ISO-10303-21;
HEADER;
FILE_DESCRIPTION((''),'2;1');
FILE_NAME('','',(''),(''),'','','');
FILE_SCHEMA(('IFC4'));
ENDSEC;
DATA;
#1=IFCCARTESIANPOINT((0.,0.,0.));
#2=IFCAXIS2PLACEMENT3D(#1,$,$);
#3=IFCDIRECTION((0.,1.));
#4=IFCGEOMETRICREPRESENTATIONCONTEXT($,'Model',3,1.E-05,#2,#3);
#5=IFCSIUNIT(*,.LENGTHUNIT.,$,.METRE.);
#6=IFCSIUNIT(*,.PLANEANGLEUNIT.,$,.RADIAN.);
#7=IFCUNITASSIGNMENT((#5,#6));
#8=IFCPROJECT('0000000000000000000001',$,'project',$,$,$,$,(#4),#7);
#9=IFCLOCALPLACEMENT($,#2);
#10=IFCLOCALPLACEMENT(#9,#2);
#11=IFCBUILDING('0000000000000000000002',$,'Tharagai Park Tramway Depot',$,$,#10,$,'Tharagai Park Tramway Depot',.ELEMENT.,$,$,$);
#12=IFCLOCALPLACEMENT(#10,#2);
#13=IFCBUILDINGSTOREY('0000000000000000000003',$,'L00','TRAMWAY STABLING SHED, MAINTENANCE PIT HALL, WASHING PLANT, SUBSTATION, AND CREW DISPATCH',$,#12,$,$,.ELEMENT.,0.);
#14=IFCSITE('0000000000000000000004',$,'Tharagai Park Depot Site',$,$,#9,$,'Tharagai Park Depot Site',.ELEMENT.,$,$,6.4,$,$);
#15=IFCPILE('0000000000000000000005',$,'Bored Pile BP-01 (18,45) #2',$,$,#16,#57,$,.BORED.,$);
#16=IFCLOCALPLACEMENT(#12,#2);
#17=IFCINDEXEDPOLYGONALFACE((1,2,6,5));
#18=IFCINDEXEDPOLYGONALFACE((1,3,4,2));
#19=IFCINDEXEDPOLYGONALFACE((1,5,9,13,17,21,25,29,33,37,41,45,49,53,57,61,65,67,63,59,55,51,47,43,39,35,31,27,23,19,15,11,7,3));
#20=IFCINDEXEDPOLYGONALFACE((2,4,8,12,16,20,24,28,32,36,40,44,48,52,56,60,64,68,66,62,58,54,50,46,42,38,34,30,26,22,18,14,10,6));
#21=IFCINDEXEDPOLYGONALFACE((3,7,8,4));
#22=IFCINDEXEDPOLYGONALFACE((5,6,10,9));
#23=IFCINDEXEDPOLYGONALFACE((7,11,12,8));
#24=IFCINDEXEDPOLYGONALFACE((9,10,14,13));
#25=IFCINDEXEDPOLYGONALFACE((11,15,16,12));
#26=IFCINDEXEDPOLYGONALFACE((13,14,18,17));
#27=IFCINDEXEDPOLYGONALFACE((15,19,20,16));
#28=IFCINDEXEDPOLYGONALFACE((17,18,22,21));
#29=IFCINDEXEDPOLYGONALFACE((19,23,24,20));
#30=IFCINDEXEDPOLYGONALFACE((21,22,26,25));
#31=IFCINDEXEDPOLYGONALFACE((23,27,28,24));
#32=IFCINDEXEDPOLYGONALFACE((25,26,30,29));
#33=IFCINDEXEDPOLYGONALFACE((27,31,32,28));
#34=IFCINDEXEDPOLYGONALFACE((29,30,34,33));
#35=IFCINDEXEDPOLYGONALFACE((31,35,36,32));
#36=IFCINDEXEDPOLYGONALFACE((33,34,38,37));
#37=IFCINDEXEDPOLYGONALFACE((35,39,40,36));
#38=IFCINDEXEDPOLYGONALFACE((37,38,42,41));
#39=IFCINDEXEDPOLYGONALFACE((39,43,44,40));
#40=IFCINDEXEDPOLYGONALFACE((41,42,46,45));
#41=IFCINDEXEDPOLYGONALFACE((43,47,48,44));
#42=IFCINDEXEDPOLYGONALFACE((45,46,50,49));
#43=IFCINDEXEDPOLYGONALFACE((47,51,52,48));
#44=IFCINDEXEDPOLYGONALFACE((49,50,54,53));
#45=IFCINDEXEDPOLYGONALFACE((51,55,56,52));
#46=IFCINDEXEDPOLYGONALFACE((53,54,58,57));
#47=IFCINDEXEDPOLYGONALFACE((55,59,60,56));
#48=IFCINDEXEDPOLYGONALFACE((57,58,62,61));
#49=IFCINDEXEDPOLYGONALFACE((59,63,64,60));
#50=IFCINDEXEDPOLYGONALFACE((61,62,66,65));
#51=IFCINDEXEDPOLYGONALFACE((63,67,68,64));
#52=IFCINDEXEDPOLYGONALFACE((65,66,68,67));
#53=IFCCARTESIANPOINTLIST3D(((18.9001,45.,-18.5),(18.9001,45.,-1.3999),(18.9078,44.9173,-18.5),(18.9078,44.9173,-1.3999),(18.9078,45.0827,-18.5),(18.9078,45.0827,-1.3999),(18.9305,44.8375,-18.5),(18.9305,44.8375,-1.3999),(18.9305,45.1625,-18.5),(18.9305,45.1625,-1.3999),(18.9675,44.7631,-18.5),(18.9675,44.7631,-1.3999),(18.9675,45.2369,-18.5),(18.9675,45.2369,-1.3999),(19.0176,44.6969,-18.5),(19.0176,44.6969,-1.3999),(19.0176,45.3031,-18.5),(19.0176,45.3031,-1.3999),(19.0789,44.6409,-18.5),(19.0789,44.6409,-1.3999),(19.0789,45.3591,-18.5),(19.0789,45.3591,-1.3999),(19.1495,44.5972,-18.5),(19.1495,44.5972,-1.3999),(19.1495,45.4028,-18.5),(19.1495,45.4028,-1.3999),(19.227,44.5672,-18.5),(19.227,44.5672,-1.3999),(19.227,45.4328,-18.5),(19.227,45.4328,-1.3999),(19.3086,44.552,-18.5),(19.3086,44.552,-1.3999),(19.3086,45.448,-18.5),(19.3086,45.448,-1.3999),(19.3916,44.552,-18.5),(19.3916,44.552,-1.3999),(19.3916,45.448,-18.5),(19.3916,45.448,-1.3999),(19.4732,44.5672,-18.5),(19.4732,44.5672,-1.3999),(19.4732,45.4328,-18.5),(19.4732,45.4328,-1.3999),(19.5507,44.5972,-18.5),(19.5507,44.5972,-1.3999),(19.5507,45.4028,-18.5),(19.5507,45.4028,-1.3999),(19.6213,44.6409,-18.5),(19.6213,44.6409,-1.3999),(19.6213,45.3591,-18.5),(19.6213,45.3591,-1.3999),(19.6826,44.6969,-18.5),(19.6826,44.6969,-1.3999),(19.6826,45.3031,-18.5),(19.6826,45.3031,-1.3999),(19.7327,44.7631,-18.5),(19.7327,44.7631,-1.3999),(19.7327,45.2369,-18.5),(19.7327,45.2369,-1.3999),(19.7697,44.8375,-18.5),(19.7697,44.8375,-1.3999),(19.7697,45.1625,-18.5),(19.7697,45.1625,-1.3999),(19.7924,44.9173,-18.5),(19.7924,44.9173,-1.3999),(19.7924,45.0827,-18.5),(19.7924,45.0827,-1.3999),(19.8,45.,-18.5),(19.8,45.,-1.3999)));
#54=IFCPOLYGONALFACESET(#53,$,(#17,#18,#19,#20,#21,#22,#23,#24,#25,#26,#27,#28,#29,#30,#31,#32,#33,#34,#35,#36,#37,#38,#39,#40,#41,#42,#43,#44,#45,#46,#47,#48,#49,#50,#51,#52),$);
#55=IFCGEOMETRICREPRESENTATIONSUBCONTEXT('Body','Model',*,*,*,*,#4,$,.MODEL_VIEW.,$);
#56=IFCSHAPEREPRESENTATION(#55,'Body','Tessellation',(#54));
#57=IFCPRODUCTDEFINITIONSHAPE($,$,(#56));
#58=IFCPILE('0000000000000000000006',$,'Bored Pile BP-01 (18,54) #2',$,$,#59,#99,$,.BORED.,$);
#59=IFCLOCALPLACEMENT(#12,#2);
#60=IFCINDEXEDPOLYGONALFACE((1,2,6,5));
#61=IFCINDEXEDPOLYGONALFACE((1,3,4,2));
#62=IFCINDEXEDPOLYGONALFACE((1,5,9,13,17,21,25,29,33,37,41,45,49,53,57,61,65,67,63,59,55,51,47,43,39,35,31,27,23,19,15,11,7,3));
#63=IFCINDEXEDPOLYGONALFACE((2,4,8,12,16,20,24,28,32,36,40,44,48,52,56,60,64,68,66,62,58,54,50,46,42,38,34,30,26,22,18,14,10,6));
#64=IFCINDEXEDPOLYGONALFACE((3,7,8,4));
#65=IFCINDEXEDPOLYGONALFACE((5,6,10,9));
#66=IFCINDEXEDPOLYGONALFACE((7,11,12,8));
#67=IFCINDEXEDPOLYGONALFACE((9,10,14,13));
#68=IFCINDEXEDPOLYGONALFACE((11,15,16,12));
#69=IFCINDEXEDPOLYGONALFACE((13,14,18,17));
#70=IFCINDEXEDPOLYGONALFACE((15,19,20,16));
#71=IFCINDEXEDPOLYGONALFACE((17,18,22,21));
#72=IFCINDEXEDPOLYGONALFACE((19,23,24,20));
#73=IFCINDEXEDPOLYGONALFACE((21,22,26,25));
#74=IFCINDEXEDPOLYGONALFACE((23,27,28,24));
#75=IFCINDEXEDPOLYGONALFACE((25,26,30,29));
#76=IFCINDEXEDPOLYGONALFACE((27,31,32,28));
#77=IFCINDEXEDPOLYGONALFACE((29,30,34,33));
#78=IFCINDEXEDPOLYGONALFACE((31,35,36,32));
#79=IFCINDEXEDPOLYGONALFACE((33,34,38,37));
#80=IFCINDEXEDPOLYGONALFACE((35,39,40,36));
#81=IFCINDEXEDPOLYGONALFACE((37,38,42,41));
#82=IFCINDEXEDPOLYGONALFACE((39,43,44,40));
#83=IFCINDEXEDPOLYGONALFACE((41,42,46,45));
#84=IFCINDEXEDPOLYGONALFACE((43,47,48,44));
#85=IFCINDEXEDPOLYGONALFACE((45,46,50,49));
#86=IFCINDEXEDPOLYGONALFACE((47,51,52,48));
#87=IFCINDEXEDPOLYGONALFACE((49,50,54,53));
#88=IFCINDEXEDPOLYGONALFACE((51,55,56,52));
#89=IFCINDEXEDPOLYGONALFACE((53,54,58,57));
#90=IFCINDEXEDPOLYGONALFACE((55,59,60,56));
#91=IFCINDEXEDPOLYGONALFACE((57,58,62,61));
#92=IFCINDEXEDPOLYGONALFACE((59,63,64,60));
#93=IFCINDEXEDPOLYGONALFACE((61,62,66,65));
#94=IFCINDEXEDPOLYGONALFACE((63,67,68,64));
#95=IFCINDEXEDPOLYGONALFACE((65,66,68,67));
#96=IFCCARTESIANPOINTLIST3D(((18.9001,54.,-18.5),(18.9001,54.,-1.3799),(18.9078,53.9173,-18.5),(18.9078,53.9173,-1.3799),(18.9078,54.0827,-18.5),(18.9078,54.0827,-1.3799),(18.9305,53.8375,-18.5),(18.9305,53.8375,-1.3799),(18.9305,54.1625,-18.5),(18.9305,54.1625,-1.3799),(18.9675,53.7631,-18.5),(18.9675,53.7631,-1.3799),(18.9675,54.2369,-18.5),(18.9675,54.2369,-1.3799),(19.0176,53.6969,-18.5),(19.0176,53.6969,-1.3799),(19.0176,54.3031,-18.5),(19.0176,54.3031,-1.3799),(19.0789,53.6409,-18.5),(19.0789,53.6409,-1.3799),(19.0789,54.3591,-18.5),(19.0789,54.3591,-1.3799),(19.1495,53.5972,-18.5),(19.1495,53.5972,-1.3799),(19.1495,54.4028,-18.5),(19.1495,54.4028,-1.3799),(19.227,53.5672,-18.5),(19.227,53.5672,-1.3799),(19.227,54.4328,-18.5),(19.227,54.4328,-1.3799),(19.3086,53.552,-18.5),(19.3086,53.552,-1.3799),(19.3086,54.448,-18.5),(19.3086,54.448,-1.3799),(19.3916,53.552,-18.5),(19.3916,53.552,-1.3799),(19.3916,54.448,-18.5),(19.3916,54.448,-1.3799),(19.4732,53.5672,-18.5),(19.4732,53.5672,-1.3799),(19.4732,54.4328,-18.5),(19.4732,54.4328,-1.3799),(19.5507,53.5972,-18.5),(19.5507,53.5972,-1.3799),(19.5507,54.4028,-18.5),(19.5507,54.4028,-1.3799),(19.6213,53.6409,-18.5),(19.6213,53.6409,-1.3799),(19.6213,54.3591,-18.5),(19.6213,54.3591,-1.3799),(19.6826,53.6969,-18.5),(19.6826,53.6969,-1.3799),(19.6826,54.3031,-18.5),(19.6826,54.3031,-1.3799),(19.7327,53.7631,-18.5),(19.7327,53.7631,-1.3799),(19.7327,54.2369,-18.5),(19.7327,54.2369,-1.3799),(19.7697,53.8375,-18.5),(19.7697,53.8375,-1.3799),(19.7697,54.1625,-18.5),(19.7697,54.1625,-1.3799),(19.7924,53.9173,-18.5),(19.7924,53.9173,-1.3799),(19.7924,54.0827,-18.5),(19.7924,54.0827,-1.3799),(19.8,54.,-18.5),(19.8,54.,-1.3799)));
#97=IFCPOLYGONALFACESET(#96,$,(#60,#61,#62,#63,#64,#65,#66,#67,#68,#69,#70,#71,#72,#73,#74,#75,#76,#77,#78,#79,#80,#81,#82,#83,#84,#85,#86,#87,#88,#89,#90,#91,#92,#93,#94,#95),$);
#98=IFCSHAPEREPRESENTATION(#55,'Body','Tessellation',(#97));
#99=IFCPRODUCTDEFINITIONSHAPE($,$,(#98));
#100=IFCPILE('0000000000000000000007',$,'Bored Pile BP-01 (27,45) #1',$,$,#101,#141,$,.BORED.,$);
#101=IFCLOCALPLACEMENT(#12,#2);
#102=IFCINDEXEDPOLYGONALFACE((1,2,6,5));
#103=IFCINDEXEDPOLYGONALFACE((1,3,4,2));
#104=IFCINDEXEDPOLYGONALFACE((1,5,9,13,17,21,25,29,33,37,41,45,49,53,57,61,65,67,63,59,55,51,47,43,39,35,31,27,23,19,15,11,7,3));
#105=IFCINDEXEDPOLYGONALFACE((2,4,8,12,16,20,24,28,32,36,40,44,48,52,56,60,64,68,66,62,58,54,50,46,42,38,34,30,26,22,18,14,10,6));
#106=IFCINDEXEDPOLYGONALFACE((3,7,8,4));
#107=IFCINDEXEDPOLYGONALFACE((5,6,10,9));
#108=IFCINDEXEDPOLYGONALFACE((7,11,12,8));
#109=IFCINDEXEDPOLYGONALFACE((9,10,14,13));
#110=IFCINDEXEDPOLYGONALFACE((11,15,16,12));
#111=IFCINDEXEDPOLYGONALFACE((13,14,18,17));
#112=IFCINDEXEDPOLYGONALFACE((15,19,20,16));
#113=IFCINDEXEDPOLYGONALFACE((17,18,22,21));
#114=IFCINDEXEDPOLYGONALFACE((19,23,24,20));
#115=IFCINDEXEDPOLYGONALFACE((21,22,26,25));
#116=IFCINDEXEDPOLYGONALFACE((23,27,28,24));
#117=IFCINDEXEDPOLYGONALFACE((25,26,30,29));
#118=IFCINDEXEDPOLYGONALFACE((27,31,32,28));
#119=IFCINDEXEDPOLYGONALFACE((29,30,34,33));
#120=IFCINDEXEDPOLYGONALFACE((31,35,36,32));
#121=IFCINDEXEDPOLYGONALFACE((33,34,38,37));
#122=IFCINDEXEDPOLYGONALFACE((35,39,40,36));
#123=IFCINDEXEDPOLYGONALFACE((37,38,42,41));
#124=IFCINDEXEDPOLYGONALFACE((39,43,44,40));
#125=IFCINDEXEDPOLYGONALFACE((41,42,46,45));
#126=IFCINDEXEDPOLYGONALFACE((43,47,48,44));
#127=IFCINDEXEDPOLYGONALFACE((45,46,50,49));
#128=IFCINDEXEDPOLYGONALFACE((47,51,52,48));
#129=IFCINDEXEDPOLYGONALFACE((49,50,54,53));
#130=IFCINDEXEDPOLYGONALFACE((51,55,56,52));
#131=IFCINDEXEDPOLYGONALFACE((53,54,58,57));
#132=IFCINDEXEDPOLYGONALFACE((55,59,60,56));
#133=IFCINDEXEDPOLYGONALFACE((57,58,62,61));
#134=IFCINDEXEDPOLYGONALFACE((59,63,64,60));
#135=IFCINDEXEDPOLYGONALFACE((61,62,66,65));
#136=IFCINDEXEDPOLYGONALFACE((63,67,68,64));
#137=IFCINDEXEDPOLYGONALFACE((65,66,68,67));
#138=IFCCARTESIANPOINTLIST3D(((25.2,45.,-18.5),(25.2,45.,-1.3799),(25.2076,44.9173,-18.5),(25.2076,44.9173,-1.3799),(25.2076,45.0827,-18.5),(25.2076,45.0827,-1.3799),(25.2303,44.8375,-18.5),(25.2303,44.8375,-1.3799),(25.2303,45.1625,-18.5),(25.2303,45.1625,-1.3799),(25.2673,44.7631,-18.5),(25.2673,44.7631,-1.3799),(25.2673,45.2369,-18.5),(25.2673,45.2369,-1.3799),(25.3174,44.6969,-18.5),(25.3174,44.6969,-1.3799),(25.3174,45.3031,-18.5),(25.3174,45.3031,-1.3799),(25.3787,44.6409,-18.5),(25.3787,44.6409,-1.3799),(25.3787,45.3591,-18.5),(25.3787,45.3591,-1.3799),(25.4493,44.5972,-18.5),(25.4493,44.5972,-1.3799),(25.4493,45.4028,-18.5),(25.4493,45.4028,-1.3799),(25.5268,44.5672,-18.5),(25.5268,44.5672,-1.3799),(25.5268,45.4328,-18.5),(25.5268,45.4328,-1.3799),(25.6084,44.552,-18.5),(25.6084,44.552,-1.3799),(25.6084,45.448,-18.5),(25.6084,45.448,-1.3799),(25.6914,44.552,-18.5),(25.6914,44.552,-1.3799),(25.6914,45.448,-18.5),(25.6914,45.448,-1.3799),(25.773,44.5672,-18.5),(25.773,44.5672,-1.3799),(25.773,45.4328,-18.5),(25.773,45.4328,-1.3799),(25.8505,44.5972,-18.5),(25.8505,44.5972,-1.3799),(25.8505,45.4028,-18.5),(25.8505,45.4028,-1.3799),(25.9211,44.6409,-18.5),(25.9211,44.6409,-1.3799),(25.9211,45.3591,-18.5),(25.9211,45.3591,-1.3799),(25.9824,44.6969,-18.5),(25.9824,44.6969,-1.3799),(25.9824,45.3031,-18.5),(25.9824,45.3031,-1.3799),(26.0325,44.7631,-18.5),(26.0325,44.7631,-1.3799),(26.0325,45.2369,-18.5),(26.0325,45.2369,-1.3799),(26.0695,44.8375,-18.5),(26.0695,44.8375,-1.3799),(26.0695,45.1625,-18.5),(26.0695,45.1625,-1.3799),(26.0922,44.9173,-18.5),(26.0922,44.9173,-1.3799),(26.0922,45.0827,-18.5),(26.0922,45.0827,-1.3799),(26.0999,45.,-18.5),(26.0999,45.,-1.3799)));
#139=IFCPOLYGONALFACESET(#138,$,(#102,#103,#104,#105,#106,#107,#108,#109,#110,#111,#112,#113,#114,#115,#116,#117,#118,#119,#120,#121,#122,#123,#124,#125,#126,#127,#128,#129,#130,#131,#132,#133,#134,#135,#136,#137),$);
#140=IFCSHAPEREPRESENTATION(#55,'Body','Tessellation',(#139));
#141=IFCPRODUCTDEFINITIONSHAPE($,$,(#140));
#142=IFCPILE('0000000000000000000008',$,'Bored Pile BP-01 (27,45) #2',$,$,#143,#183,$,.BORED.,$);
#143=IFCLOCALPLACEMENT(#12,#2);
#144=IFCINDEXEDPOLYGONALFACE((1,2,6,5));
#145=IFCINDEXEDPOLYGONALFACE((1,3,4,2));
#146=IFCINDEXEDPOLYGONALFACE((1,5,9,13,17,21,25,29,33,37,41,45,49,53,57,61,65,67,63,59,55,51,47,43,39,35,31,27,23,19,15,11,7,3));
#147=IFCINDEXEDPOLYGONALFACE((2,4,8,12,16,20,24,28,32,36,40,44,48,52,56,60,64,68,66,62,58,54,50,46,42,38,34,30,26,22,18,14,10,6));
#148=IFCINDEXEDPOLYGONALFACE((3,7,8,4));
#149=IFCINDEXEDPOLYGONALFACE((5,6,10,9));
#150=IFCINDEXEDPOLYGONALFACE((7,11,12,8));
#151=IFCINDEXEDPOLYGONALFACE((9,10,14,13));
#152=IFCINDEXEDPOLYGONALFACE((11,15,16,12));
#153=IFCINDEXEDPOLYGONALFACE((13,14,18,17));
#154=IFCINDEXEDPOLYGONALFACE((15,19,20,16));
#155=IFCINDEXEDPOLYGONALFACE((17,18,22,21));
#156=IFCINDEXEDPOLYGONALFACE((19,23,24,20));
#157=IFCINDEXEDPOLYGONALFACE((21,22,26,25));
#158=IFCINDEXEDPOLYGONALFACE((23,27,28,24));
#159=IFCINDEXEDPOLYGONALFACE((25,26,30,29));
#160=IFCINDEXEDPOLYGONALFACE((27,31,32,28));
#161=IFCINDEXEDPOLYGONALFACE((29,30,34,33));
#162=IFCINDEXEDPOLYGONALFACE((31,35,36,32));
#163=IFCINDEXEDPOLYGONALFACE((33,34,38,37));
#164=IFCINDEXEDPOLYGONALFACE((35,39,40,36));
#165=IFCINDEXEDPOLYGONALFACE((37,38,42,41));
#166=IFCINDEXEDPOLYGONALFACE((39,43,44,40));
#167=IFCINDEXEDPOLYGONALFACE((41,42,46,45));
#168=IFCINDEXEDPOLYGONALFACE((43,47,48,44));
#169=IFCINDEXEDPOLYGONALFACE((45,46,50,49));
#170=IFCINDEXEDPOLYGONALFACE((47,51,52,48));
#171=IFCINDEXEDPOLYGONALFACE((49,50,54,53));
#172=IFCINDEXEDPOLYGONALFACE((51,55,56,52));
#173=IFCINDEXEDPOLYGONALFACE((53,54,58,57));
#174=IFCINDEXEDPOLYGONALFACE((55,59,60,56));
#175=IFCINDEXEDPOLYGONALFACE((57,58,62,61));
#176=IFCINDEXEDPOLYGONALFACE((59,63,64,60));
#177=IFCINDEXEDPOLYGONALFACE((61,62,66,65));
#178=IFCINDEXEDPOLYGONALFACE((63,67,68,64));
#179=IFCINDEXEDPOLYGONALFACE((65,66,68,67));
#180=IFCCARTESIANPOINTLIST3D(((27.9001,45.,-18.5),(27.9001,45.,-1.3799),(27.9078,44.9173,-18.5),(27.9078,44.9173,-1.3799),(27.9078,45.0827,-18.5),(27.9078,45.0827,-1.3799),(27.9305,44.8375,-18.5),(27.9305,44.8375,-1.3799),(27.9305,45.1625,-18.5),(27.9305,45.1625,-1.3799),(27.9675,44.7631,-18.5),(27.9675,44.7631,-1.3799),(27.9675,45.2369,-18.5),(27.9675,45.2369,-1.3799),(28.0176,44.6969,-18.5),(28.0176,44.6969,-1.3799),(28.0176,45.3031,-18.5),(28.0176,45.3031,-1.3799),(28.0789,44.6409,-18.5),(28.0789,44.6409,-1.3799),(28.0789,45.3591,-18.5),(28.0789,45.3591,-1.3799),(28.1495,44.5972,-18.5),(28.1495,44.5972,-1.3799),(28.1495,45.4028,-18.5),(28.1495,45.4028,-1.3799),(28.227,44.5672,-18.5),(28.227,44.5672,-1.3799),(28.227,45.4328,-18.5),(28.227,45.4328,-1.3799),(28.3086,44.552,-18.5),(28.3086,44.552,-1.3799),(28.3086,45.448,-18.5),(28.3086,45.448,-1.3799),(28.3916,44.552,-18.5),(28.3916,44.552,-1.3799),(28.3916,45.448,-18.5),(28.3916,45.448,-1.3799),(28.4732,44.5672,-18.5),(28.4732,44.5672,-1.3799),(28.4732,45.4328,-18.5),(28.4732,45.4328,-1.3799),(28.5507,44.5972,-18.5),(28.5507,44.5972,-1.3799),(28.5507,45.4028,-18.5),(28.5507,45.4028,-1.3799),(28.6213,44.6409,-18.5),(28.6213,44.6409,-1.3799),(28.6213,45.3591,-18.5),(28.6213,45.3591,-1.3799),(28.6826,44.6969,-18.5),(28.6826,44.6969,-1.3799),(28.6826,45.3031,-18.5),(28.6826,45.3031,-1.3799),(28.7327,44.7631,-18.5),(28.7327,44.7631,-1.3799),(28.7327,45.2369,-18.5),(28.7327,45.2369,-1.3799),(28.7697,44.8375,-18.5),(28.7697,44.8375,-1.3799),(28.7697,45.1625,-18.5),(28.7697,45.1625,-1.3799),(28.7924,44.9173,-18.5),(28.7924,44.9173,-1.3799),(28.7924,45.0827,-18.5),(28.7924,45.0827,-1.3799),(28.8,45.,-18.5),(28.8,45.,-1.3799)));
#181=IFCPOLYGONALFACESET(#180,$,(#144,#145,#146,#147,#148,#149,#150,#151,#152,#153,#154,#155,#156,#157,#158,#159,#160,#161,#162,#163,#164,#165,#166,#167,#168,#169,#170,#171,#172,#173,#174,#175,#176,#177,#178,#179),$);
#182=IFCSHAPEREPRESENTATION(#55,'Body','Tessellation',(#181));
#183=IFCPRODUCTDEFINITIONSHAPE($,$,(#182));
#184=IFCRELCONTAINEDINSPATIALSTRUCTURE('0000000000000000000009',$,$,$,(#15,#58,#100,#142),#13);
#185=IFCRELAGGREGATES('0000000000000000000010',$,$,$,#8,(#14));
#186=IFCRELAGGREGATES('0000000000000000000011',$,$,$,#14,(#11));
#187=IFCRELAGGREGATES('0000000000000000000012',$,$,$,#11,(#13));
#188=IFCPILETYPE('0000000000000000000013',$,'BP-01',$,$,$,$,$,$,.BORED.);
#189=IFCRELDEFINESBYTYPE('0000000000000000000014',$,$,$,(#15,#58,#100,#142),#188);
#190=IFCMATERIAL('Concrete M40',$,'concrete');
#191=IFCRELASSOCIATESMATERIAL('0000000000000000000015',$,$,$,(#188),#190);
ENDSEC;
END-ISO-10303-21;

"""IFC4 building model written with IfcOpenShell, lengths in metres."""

from ifc_helpers import new_model, si_unit, direction, frame, origin, origin_2d, place, context, subcontext, project, spatial, circle, extrude, material, material_profile, profile_set, type_object, element, save


model = new_model("IFC4")

# Units and contexts
model_context = context("Model", 3, precision=1e-05, world=origin(), true_north=direction((0.0, 1.0)))
body_context = subcontext(model_context, "Body", "Model", "MODEL_VIEW")
ifc_project = project(units=[si_unit("LENGTHUNIT", "METRE"), si_unit("PLANEANGLEUNIT", "RADIAN")], contexts=[model_context])

# Site, building, storey
site_placement = place(None, origin())
site = spatial("IfcSite", under=ifc_project, at=site_placement, Name="Tharagai Park Depot Site", LongName="Tharagai Park Depot Site", CompositionType="ELEMENT", RefElevation=6.4)
building_placement = place(site_placement, origin())
building = spatial("IfcBuilding", under=site, at=building_placement, Name="Tharagai Park Tramway Depot", LongName="Tharagai Park Tramway Depot", CompositionType="ELEMENT")
storey_placement = place(building_placement, origin())
storey = spatial("IfcBuildingStorey", under=building, at=storey_placement, Name="L00", Description="TRAMWAY STABLING SHED, MAINTENANCE PIT HALL, WASHING PLANT, SUBSTATION, AND CREW DISPATCH", CompositionType="ELEMENT", Elevation=0.0)

# Piles
ifc_material_1 = material(Name="Concrete M40", Category="concrete")
ifc_material_profile_1 = material_profile(ifc_material_1, circle(Radius=0.45, at=origin_2d()), Name="PILE D900")
ifc_profile_set_1 = profile_set([ifc_material_profile_1], Name="Concrete M40")
pile_type_1 = type_object("IfcPileType", Name="BP-01", PredefinedType="BORED", material=ifc_profile_set_1)
pile_placement = place(storey_placement, frame((19.3501, 45.0, -1.3999), z_axis=(0.0, 0.0, -1.0), x_axis=(1.0, 0.0, 0.0)))
element("IfcPile", 1, at=pile_placement, inside=storey, type_object=pile_type_1, Name="Bored Pile BP-01 (18,45) #2", PredefinedType="BORED", context=body_context, shape_type="SweptSolid", body=[
    extrude(circle(Radius=0.45, at=origin_2d()), origin(), (0.0, 0.0, 1.0), 17.1001),
])
for number, where, z_axis, x_axis, name in (
    (2, (19.3501, 54.0, -1.3799), (0.0, 0.0, -1.0), (1.0, 0.0, 0.0), "Bored Pile BP-01 (18,54) #2"),
    (3, (25.6499, 45.0, -1.3799), (0.0, 0.0, -1.0), (1.0, 0.0, 0.0), "Bored Pile BP-01 (27,45) #1"),
    (4, (28.3501, 45.0, -1.3799), (0.0, 0.0, -1.0), (1.0, 0.0, 0.0), "Bored Pile BP-01 (27,45) #2"),
):
    element("IfcPile", number, at=place(storey_placement, frame(where, z_axis=z_axis, x_axis=x_axis)), inside=storey, type_object=pile_type_1, Name=name, PredefinedType="BORED", context=body_context, shape_type="SweptSolid", body=[
        extrude(circle(Radius=0.45, at=origin_2d()), origin(), (0.0, 0.0, 1.0), 17.1201),
    ])

save(model, "model.ifc")
